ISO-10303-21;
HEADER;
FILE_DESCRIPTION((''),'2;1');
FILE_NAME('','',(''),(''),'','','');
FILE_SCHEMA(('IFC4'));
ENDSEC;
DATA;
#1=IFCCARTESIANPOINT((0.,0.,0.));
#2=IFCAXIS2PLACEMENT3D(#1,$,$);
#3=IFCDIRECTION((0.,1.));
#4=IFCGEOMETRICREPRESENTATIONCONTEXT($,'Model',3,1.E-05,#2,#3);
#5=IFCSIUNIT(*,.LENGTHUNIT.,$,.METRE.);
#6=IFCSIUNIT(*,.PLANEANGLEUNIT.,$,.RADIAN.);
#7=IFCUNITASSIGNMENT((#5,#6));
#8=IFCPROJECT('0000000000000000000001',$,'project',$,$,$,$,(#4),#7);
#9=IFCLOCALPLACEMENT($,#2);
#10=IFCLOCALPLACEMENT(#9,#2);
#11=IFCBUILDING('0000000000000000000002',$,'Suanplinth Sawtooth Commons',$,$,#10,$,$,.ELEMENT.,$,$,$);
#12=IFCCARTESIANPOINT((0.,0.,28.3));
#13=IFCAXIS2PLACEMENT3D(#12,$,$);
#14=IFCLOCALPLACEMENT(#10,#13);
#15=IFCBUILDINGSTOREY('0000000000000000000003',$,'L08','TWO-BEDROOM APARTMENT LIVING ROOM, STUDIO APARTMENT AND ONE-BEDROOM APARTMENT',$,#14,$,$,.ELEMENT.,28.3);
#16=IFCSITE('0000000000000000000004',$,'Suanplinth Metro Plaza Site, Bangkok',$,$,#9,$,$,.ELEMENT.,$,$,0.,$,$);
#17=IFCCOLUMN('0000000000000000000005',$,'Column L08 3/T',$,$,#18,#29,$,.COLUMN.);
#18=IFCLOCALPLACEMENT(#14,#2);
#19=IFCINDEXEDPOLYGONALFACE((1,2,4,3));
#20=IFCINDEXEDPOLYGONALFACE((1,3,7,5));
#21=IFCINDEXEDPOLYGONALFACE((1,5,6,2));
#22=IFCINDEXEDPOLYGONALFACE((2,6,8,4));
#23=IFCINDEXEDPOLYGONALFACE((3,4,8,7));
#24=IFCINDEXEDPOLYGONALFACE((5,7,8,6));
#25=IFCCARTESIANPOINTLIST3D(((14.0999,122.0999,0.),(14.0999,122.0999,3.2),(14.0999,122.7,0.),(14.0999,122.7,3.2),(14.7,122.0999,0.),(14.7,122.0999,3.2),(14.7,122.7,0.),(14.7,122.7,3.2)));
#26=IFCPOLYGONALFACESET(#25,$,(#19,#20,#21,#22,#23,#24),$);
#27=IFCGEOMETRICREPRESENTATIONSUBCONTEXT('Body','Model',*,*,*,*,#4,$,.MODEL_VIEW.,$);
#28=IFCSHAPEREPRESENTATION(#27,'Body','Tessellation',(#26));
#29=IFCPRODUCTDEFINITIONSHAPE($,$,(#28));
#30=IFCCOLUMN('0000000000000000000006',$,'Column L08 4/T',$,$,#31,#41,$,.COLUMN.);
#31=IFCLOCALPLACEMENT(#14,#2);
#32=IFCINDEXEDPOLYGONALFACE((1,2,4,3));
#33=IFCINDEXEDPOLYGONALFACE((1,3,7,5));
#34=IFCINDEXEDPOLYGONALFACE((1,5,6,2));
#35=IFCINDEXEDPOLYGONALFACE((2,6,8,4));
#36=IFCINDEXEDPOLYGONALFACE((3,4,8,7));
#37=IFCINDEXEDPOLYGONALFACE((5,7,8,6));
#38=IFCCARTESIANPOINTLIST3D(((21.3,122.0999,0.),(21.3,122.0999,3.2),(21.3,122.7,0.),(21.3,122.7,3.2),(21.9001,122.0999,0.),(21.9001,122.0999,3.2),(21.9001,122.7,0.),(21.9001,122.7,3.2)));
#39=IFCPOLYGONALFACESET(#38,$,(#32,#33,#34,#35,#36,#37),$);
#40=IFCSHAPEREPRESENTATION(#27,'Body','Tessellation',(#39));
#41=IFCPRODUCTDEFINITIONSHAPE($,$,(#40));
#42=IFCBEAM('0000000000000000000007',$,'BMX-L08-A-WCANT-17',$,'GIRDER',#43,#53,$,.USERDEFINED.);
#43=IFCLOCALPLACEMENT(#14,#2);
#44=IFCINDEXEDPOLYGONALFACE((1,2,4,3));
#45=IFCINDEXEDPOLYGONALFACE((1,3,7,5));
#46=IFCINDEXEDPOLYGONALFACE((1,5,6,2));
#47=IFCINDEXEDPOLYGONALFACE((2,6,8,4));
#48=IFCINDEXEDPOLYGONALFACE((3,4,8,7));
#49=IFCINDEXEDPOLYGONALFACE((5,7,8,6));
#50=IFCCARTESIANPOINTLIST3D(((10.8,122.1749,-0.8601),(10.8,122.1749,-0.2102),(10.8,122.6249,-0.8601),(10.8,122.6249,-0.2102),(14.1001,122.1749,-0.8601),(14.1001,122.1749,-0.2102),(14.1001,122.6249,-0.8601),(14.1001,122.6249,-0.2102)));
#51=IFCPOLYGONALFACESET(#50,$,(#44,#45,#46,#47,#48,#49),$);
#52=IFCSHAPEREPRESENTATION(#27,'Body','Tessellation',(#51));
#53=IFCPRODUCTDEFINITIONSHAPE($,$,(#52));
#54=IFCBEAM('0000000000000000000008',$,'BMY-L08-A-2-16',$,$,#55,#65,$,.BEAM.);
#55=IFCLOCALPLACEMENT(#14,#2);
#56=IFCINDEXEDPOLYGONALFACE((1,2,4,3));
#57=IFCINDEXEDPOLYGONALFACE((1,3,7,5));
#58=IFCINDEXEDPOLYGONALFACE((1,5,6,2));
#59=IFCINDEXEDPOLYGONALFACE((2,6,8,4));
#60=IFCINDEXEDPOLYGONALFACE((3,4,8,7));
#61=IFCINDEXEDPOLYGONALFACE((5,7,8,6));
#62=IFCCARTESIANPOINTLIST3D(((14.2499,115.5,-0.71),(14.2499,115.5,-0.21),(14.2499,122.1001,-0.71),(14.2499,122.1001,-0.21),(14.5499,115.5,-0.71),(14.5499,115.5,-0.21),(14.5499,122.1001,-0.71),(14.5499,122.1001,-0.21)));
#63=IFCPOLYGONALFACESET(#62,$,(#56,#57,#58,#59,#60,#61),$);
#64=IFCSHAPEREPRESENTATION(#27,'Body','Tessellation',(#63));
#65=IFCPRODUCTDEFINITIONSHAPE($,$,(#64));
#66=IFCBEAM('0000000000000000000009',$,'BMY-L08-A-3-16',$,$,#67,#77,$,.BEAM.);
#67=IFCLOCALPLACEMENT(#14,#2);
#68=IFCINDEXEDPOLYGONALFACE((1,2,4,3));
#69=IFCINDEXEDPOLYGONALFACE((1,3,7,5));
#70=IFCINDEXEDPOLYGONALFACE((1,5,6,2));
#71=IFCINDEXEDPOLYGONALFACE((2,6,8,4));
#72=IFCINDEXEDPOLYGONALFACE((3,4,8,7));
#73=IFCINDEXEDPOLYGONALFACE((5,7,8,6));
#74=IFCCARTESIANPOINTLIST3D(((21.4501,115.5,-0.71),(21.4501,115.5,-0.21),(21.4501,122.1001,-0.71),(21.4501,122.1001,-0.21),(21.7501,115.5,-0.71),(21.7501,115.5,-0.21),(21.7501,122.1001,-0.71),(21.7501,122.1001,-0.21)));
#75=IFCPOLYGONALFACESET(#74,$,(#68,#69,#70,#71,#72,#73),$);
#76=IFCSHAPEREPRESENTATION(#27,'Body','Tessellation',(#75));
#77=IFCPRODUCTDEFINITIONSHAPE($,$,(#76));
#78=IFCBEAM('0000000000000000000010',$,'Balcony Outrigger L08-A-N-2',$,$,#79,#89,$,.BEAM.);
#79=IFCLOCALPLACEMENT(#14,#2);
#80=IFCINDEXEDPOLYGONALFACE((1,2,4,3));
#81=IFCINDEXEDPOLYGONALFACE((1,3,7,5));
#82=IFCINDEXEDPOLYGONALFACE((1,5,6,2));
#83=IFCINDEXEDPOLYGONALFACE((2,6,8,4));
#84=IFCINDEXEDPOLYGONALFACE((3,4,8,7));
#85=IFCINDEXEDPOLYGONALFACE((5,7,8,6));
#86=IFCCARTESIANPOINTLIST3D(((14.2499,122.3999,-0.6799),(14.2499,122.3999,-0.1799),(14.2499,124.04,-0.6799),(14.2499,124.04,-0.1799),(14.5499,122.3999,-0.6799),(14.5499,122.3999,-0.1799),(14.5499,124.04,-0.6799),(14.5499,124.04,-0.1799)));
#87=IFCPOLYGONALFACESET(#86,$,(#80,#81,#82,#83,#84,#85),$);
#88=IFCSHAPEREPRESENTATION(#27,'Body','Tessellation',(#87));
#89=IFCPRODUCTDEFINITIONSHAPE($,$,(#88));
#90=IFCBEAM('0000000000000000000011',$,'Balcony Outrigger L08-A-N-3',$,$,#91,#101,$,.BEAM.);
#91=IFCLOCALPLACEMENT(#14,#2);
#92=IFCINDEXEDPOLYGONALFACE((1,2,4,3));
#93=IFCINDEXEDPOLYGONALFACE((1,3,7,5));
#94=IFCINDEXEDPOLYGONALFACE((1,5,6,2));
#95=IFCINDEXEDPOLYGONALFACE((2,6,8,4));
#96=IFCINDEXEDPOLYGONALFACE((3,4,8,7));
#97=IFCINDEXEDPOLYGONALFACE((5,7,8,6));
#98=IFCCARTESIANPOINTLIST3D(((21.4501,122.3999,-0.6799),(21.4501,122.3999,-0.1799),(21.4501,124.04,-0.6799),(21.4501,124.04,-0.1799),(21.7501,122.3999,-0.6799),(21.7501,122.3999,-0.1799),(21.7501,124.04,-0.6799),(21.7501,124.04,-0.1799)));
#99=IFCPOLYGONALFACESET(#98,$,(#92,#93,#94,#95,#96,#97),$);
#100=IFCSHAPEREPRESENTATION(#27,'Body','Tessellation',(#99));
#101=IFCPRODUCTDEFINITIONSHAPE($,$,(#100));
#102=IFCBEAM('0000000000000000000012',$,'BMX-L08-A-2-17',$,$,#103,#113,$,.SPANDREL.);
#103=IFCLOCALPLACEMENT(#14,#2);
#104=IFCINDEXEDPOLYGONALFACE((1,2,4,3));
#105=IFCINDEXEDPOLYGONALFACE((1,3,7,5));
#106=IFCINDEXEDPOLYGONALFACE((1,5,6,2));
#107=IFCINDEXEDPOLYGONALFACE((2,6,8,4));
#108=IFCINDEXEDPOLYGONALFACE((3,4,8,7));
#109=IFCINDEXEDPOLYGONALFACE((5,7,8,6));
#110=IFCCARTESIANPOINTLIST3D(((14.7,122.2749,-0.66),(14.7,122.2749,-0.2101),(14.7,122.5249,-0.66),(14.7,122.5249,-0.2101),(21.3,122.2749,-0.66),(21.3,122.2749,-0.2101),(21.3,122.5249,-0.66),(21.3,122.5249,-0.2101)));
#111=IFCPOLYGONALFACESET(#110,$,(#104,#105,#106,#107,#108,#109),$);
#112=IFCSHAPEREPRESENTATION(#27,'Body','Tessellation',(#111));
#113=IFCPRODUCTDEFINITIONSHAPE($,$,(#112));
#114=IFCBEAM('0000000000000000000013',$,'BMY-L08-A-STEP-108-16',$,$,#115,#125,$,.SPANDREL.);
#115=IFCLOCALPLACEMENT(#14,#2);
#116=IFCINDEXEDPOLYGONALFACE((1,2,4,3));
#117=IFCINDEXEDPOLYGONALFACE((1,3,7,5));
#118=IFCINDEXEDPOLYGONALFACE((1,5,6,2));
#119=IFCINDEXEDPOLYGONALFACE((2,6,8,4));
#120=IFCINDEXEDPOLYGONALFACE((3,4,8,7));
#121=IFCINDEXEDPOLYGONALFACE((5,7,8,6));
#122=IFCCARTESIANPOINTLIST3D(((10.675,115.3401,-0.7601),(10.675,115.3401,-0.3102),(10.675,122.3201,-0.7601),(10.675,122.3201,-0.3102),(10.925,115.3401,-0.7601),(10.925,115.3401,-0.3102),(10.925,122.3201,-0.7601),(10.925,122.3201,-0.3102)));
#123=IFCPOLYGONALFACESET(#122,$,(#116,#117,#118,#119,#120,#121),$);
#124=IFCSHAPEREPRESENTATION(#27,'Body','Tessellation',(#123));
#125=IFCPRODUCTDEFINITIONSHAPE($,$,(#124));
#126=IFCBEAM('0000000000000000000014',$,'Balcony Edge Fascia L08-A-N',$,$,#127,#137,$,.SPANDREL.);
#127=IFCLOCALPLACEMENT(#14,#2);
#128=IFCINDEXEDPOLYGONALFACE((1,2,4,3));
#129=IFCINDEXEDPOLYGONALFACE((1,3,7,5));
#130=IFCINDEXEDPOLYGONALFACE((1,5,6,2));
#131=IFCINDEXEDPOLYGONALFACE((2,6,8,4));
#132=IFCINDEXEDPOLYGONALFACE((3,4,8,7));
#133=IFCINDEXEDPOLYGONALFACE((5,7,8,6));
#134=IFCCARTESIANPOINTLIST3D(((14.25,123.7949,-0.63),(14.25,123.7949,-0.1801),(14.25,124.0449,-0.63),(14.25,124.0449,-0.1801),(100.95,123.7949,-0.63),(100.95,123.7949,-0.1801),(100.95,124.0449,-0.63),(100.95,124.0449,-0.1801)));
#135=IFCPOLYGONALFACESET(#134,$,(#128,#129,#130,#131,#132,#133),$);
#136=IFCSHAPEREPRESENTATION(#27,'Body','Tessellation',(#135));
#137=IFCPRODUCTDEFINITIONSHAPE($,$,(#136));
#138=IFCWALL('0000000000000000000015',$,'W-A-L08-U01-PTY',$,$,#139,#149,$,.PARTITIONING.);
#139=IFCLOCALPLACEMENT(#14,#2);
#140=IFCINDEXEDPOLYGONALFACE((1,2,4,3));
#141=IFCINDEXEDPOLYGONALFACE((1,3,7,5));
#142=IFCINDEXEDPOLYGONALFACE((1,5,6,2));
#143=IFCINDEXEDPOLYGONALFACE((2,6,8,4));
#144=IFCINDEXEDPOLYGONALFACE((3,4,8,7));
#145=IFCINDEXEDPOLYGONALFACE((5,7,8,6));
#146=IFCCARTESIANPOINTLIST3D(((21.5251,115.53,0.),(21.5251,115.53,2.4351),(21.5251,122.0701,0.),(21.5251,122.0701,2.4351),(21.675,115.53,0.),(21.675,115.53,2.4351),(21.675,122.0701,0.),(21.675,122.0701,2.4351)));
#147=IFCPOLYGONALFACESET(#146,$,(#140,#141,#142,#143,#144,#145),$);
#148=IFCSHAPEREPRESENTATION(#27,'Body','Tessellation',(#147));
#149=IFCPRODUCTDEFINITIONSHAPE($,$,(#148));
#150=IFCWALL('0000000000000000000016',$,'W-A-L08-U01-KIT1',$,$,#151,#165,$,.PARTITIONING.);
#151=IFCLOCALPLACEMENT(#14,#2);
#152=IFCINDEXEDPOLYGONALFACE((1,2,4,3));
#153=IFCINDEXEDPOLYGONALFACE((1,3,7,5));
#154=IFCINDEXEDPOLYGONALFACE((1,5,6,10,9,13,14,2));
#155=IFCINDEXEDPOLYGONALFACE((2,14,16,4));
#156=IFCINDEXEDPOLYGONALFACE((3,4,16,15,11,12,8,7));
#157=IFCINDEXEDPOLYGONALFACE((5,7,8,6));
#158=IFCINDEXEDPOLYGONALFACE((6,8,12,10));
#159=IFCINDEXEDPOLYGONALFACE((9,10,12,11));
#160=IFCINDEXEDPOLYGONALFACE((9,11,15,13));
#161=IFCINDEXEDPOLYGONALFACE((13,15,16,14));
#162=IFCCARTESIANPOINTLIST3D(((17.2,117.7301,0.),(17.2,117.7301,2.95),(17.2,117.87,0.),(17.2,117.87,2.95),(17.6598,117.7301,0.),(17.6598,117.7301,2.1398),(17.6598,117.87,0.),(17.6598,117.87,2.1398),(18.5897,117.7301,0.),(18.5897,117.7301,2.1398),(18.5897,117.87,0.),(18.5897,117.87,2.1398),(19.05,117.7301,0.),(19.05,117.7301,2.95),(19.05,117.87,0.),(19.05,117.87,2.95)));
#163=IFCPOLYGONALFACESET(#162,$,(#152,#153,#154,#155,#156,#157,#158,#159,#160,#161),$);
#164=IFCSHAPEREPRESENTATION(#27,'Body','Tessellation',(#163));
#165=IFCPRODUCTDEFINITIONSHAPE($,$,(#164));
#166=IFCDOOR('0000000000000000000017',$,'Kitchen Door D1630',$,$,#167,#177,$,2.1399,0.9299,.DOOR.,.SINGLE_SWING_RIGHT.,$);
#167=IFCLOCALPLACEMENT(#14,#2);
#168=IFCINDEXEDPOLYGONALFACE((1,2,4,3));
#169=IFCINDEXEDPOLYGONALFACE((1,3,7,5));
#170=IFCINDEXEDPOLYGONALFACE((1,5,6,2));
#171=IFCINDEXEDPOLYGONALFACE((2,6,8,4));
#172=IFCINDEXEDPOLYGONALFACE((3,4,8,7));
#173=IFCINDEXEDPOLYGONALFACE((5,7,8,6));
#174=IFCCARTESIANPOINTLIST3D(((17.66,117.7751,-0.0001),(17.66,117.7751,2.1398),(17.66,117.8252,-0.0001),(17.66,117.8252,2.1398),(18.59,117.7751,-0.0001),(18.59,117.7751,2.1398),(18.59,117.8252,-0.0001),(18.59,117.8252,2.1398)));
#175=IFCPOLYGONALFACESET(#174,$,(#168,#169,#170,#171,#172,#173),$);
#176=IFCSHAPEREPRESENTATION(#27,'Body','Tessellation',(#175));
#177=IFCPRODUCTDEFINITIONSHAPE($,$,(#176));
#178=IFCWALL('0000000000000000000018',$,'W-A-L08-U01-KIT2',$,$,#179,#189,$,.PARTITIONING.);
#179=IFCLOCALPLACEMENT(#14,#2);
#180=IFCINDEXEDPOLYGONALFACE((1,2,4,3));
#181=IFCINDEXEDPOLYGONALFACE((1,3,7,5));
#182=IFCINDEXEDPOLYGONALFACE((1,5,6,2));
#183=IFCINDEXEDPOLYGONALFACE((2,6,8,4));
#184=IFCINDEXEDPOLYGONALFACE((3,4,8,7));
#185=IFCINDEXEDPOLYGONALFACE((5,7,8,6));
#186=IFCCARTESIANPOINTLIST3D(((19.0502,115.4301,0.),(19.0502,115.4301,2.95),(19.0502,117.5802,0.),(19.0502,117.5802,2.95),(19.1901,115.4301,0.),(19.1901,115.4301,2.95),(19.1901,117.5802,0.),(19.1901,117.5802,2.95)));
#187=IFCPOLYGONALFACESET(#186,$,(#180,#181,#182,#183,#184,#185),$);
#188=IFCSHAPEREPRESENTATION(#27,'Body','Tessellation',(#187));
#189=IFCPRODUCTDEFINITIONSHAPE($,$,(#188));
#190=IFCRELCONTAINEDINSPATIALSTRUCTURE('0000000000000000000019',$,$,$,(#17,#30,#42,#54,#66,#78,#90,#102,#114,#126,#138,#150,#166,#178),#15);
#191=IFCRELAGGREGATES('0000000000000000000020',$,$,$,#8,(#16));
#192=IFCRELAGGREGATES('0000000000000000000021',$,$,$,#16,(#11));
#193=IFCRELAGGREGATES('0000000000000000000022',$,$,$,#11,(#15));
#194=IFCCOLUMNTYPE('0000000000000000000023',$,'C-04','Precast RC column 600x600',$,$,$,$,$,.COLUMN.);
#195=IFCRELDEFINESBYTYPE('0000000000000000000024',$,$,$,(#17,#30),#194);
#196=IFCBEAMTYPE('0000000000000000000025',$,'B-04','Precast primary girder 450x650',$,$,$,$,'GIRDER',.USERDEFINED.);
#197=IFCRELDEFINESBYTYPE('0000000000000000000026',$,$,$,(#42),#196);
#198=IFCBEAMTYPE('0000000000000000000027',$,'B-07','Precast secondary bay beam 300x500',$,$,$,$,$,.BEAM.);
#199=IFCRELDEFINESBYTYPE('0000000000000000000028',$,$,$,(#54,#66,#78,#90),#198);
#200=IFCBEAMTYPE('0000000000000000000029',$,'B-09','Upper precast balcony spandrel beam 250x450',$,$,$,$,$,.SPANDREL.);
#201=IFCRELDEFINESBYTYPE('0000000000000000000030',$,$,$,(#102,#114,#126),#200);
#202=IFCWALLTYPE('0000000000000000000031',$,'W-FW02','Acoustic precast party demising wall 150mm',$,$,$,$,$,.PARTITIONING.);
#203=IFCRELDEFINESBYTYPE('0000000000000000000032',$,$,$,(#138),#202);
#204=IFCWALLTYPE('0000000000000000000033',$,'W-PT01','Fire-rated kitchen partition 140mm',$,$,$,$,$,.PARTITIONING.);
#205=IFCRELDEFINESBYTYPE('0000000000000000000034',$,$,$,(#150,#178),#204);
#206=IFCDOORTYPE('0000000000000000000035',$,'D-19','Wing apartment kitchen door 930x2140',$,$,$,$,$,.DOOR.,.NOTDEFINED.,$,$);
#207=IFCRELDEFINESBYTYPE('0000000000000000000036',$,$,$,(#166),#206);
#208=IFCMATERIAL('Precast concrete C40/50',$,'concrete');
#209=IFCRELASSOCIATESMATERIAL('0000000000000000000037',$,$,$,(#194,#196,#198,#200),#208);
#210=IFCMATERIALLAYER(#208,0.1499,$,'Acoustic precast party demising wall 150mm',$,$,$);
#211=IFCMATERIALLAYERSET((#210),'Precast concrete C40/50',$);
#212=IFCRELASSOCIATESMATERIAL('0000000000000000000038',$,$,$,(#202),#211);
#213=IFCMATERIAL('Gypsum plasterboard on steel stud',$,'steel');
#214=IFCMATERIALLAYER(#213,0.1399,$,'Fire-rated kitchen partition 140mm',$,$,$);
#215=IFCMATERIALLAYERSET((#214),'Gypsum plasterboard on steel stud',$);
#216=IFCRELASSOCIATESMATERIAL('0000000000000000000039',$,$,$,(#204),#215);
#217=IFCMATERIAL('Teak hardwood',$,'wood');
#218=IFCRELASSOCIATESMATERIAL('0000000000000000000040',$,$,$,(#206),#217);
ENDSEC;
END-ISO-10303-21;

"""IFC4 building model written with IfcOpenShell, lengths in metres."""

from ifc_helpers import new_model, si_unit, direction, frame, frame_2d, origin, origin_2d, place, context, subcontext, project, spatial, rectangle, extrude, material, layer, layer_set, material_profile, profile_set, type_object, element, fill, save


model = new_model("IFC4")

# Units and contexts
model_context = context("Model", 3, precision=1e-05, world=origin(), true_north=direction((0.0, 1.0)))
body_context = subcontext(model_context, "Body", "Model", "MODEL_VIEW")
ifc_project = project(units=[si_unit("LENGTHUNIT", "METRE"), si_unit("PLANEANGLEUNIT", "RADIAN")], contexts=[model_context])

# Site, building, storey
site_placement = place(None, origin())
site = spatial("IfcSite", under=ifc_project, at=site_placement, Name="Suanplinth Metro Plaza Site, Bangkok", CompositionType="ELEMENT", RefElevation=0.0)
building_placement = place(site_placement, origin())
building = spatial("IfcBuilding", under=site, at=building_placement, Name="Suanplinth Sawtooth Commons", CompositionType="ELEMENT")
storey_placement = place(building_placement, frame((0.0, 0.0, 28.3)))
storey = spatial("IfcBuildingStorey", under=building, at=storey_placement, Name="L08", Description="TWO-BEDROOM APARTMENT LIVING ROOM, STUDIO APARTMENT AND ONE-BEDROOM APARTMENT", CompositionType="ELEMENT", Elevation=28.3)

# Columns
ifc_material_1 = material(Name="Precast concrete C40/50", Category="concrete")
ifc_material_profile_1 = material_profile(ifc_material_1, rectangle(XDim=0.6001, YDim=0.6001, at=origin_2d()), Name="PC-COL 600x600")
ifc_profile_set_1 = profile_set([ifc_material_profile_1], Name="Precast concrete C40/50")
column_type = type_object("IfcColumnType", Name="C-04", Description="Precast RC column 600x600", PredefinedType="COLUMN", material=ifc_profile_set_1)
for number, where, z_axis, x_axis, name in (
    (1, (14.3999, 122.3999, 0.0), (0.0, 0.0, 1.0), (1.0, 0.0, 0.0), "Column L08 3/T"),
    (2, (21.6001, 122.3999, 0.0), (0.0, 0.0, 1.0), (1.0, 0.0, 0.0), "Column L08 4/T"),
):
    element("IfcColumn", number, at=place(storey_placement, frame(where, z_axis=z_axis, x_axis=x_axis)), inside=storey, type_object=column_type, Name=name, PredefinedType="COLUMN", context=body_context, shape_type="SweptSolid", body=[
        extrude(rectangle(XDim=0.6001, YDim=0.6001, at=origin_2d()), origin(), (0.0, 0.0, 1.0), 3.2),
    ])

# Beams
ifc_material_profile_2 = material_profile(ifc_material_1, rectangle(XDim=0.45, YDim=0.6499, at=origin_2d()), Name="PC-GDR 450x650")
ifc_profile_set_2 = profile_set([ifc_material_profile_2], Name="Precast concrete C40/50")
beam_type_1 = type_object("IfcBeamType", Name="B-04", Description="Precast primary girder 450x650", ElementType="GIRDER", PredefinedType="USERDEFINED", material=ifc_profile_set_2)
beam_1_placement = place(storey_placement, frame((14.1001, 122.3999, -0.5352), z_axis=(-1.0, 0.0, 0.0), x_axis=(0.0, -1.0, 0.0)))
element("IfcBeam", 3, at=beam_1_placement, inside=storey, type_object=beam_type_1, Name="BMX-L08-A-WCANT-17", ObjectType="GIRDER", PredefinedType="USERDEFINED", context=body_context, shape_type="SweptSolid", body=[
    extrude(rectangle(XDim=0.45, YDim=0.6499, at=origin_2d()), origin(), (0.0, 0.0, 1.0), 3.3),
])
ifc_material_profile_3 = material_profile(ifc_material_1, rectangle(XDim=0.3, YDim=0.5, at=origin_2d()), Name="PC-BM 300x500")
ifc_profile_set_3 = profile_set([ifc_material_profile_3], Name="Precast concrete C40/50")
beam_type_2 = type_object("IfcBeamType", Name="B-07", Description="Precast secondary bay beam 300x500", PredefinedType="BEAM", material=ifc_profile_set_3)
for number, where, z_axis, x_axis, name in (
    (4, (14.3999, 115.5, -0.46), (0.0, 1.0, 0.0), (-1.0, 0.0, 0.0), "BMY-L08-A-2-16"),
    (5, (21.6001, 115.5, -0.46), (0.0, 1.0, 0.0), (-1.0, 0.0, 0.0), "BMY-L08-A-3-16"),
):
    element("IfcBeam", number, at=place(storey_placement, frame(where, z_axis=z_axis, x_axis=x_axis)), inside=storey, type_object=beam_type_2, Name=name, PredefinedType="BEAM", context=body_context, shape_type="SweptSolid", body=[
        extrude(rectangle(XDim=0.3, YDim=0.5, at=origin_2d()), origin(), (0.0, 0.0, 1.0), 6.6001),
    ])
for number, where, z_axis, x_axis, name in (
    (6, (14.3999, 122.3999, -0.4299), (0.0, 1.0, 0.0), (-1.0, 0.0, 0.0), "Balcony Outrigger L08-A-N-2"),
    (7, (21.6001, 122.3999, -0.4299), (0.0, 1.0, 0.0), (-1.0, 0.0, 0.0), "Balcony Outrigger L08-A-N-3"),
):
    element("IfcBeam", number, at=place(storey_placement, frame(where, z_axis=z_axis, x_axis=x_axis)), inside=storey, type_object=beam_type_2, Name=name, PredefinedType="BEAM", context=body_context, shape_type="SweptSolid", body=[
        extrude(rectangle(XDim=0.3, YDim=0.5, at=origin_2d()), origin(), (0.0, 0.0, 1.0), 1.6401),
    ])
ifc_material_profile_4 = material_profile(ifc_material_1, rectangle(XDim=0.25, YDim=0.45, at=origin_2d()), Name="PC-SP 250x450")
ifc_profile_set_4 = profile_set([ifc_material_profile_4], Name="Precast concrete C40/50")
beam_type_3 = type_object("IfcBeamType", Name="B-09", Description="Upper precast balcony spandrel beam 250x450", PredefinedType="SPANDREL", material=ifc_profile_set_4)
beam_2_placement = place(storey_placement, frame((14.7, 122.3999, -0.4351), z_axis=(1.0, 0.0, 0.0), x_axis=(0.0, 1.0, 0.0)))
element("IfcBeam", 8, at=beam_2_placement, inside=storey, type_object=beam_type_3, Name="BMX-L08-A-2-17", PredefinedType="SPANDREL", context=body_context, shape_type="SweptSolid", body=[
    extrude(rectangle(XDim=0.25, YDim=0.45, at=origin_2d()), origin(), (0.0, 0.0, 1.0), 6.6001),
])
beam_3_placement = place(storey_placement, frame((10.8, 115.3401, -0.5352), z_axis=(0.0, 1.0, 0.0), x_axis=(-1.0, 0.0, 0.0)))
element("IfcBeam", 9, at=beam_3_placement, inside=storey, type_object=beam_type_3, Name="BMY-L08-A-STEP-108-16", PredefinedType="SPANDREL", context=body_context, shape_type="SweptSolid", body=[
    extrude(rectangle(XDim=0.25, YDim=0.45, at=origin_2d()), origin(), (0.0, 0.0, 1.0), 6.98),
])
beam_4_placement = place(storey_placement, frame((14.25, 123.9199, -0.405), z_axis=(1.0, 0.0, 0.0), x_axis=(0.0, 1.0, 0.0)))
element("IfcBeam", 10, at=beam_4_placement, inside=storey, type_object=beam_type_3, Name="Balcony Edge Fascia L08-A-N", PredefinedType="SPANDREL", context=body_context, shape_type="SweptSolid", body=[
    extrude(rectangle(XDim=0.25, YDim=0.45, at=origin_2d()), origin(), (0.0, 0.0, 1.0), 86.7),
])

# Wall
ifc_layer_1 = layer(ifc_material_1, 0.1499, Name="Acoustic precast party demising wall 150mm")
ifc_layer_set_1 = layer_set([ifc_layer_1], Name="Precast concrete C40/50")
wall_type_1 = type_object("IfcWallType", Name="W-FW02", Description="Acoustic precast party demising wall 150mm", PredefinedType="PARTITIONING", material=ifc_layer_set_1)
wall_1_placement = place(storey_placement, frame((21.6001, 115.53, 0.0), z_axis=(0.0, 0.0, 1.0), x_axis=(0.0, 1.0, 0.0)))
element("IfcWall", 11, at=wall_1_placement, inside=storey, type_object=wall_type_1, Name="W-A-L08-U01-PTY", PredefinedType="PARTITIONING", context=body_context, shape_type="SweptSolid", body=[
    extrude(rectangle(XDim=6.54, YDim=0.1499, at=frame_2d((3.27, 0.0))), origin(), (0.0, 0.0, 1.0), 2.4351),
])

# Wall, opening, door
ifc_material_2 = material(Name="Gypsum plasterboard on steel stud", Category="steel")
ifc_layer_2 = layer(ifc_material_2, 0.1399, Name="Fire-rated kitchen partition 140mm")
ifc_layer_set_2 = layer_set([ifc_layer_2], Name="Gypsum plasterboard on steel stud")
wall_type_2 = type_object("IfcWallType", Name="W-PT01", Description="Fire-rated kitchen partition 140mm", PredefinedType="PARTITIONING", material=ifc_layer_set_2)
wall_2_placement = place(storey_placement, frame((17.2, 117.8, 0.0), z_axis=(0.0, 0.0, 1.0), x_axis=(1.0, 0.0, 0.0)))
wall_2 = element("IfcWall", 12, at=wall_2_placement, inside=storey, type_object=wall_type_2, Name="W-A-L08-U01-KIT1", PredefinedType="PARTITIONING", context=body_context, shape_type="SweptSolid", body=[
    extrude(rectangle(XDim=1.8501, YDim=0.1399, at=frame_2d((0.925, 0.0))), origin(), (0.0, 0.0, 1.0), 2.95),
])
opening_1_placement = place(wall_2_placement, frame((0.46, 0.0, 0.0)))
opening_1 = element("IfcOpeningElement", 13, at=opening_1_placement, cuts=wall_2, PredefinedType="OPENING", context=body_context, shape_type="SweptSolid", body=[
    extrude(rectangle(XDim=0.9299, YDim=2.1399, at=frame_2d((0.4648, 1.0698))), frame((0.0, 0.085, 0.0), z_axis=(0.0, -1.0, 0.0), x_axis=(1.0, 0.0, 0.0)), (0.0, 0.0, 1.0), 0.1697),
])
ifc_material_3 = material(Name="Teak hardwood", Category="wood")
door_type_1 = type_object("IfcDoorType", Name="D-19", Description="Wing apartment kitchen door 930x2140", OperationType="NOTDEFINED", PredefinedType="DOOR", material=ifc_material_3)
door_1_placement = place(opening_1_placement, frame((0.9299, 0.0, 0.0), z_axis=(0.0, 0.0, 1.0), x_axis=(-1.0, 0.0, 0.0)))
door_1 = element("IfcDoor", 14, at=door_1_placement, inside=storey, type_object=door_type_1, Name="Kitchen Door D1630", OperationType="SINGLE_SWING_RIGHT", OverallHeight=2.1399, OverallWidth=0.9299, PredefinedType="DOOR", context=body_context, shape_type="SweptSolid", body=[
    extrude(rectangle(XDim=0.9299, YDim=2.1399, at=frame_2d((0.4648, 1.0698))), frame((0.0, 0.0249, 0.0), z_axis=(0.0, -1.0, 0.0), x_axis=(1.0, 0.0, 0.0)), (0.0, 0.0, 1.0), 0.05),
])
fill(opening_1, door_1)

# Wall
wall_3_placement = place(storey_placement, frame((19.1201, 115.4299, 0.0), z_axis=(0.0, 0.0, 1.0), x_axis=(0.0, 1.0, 0.0)))
element("IfcWall", 15, at=wall_3_placement, inside=storey, type_object=wall_type_2, Name="W-A-L08-U01-KIT2", PredefinedType="PARTITIONING", context=body_context, shape_type="SweptSolid", body=[
    extrude(rectangle(XDim=2.1501, YDim=0.1399, at=frame_2d((1.0752, 0.0))), origin(), (0.0, 0.0, 1.0), 2.95),
])

save(model, "model.ifc")
